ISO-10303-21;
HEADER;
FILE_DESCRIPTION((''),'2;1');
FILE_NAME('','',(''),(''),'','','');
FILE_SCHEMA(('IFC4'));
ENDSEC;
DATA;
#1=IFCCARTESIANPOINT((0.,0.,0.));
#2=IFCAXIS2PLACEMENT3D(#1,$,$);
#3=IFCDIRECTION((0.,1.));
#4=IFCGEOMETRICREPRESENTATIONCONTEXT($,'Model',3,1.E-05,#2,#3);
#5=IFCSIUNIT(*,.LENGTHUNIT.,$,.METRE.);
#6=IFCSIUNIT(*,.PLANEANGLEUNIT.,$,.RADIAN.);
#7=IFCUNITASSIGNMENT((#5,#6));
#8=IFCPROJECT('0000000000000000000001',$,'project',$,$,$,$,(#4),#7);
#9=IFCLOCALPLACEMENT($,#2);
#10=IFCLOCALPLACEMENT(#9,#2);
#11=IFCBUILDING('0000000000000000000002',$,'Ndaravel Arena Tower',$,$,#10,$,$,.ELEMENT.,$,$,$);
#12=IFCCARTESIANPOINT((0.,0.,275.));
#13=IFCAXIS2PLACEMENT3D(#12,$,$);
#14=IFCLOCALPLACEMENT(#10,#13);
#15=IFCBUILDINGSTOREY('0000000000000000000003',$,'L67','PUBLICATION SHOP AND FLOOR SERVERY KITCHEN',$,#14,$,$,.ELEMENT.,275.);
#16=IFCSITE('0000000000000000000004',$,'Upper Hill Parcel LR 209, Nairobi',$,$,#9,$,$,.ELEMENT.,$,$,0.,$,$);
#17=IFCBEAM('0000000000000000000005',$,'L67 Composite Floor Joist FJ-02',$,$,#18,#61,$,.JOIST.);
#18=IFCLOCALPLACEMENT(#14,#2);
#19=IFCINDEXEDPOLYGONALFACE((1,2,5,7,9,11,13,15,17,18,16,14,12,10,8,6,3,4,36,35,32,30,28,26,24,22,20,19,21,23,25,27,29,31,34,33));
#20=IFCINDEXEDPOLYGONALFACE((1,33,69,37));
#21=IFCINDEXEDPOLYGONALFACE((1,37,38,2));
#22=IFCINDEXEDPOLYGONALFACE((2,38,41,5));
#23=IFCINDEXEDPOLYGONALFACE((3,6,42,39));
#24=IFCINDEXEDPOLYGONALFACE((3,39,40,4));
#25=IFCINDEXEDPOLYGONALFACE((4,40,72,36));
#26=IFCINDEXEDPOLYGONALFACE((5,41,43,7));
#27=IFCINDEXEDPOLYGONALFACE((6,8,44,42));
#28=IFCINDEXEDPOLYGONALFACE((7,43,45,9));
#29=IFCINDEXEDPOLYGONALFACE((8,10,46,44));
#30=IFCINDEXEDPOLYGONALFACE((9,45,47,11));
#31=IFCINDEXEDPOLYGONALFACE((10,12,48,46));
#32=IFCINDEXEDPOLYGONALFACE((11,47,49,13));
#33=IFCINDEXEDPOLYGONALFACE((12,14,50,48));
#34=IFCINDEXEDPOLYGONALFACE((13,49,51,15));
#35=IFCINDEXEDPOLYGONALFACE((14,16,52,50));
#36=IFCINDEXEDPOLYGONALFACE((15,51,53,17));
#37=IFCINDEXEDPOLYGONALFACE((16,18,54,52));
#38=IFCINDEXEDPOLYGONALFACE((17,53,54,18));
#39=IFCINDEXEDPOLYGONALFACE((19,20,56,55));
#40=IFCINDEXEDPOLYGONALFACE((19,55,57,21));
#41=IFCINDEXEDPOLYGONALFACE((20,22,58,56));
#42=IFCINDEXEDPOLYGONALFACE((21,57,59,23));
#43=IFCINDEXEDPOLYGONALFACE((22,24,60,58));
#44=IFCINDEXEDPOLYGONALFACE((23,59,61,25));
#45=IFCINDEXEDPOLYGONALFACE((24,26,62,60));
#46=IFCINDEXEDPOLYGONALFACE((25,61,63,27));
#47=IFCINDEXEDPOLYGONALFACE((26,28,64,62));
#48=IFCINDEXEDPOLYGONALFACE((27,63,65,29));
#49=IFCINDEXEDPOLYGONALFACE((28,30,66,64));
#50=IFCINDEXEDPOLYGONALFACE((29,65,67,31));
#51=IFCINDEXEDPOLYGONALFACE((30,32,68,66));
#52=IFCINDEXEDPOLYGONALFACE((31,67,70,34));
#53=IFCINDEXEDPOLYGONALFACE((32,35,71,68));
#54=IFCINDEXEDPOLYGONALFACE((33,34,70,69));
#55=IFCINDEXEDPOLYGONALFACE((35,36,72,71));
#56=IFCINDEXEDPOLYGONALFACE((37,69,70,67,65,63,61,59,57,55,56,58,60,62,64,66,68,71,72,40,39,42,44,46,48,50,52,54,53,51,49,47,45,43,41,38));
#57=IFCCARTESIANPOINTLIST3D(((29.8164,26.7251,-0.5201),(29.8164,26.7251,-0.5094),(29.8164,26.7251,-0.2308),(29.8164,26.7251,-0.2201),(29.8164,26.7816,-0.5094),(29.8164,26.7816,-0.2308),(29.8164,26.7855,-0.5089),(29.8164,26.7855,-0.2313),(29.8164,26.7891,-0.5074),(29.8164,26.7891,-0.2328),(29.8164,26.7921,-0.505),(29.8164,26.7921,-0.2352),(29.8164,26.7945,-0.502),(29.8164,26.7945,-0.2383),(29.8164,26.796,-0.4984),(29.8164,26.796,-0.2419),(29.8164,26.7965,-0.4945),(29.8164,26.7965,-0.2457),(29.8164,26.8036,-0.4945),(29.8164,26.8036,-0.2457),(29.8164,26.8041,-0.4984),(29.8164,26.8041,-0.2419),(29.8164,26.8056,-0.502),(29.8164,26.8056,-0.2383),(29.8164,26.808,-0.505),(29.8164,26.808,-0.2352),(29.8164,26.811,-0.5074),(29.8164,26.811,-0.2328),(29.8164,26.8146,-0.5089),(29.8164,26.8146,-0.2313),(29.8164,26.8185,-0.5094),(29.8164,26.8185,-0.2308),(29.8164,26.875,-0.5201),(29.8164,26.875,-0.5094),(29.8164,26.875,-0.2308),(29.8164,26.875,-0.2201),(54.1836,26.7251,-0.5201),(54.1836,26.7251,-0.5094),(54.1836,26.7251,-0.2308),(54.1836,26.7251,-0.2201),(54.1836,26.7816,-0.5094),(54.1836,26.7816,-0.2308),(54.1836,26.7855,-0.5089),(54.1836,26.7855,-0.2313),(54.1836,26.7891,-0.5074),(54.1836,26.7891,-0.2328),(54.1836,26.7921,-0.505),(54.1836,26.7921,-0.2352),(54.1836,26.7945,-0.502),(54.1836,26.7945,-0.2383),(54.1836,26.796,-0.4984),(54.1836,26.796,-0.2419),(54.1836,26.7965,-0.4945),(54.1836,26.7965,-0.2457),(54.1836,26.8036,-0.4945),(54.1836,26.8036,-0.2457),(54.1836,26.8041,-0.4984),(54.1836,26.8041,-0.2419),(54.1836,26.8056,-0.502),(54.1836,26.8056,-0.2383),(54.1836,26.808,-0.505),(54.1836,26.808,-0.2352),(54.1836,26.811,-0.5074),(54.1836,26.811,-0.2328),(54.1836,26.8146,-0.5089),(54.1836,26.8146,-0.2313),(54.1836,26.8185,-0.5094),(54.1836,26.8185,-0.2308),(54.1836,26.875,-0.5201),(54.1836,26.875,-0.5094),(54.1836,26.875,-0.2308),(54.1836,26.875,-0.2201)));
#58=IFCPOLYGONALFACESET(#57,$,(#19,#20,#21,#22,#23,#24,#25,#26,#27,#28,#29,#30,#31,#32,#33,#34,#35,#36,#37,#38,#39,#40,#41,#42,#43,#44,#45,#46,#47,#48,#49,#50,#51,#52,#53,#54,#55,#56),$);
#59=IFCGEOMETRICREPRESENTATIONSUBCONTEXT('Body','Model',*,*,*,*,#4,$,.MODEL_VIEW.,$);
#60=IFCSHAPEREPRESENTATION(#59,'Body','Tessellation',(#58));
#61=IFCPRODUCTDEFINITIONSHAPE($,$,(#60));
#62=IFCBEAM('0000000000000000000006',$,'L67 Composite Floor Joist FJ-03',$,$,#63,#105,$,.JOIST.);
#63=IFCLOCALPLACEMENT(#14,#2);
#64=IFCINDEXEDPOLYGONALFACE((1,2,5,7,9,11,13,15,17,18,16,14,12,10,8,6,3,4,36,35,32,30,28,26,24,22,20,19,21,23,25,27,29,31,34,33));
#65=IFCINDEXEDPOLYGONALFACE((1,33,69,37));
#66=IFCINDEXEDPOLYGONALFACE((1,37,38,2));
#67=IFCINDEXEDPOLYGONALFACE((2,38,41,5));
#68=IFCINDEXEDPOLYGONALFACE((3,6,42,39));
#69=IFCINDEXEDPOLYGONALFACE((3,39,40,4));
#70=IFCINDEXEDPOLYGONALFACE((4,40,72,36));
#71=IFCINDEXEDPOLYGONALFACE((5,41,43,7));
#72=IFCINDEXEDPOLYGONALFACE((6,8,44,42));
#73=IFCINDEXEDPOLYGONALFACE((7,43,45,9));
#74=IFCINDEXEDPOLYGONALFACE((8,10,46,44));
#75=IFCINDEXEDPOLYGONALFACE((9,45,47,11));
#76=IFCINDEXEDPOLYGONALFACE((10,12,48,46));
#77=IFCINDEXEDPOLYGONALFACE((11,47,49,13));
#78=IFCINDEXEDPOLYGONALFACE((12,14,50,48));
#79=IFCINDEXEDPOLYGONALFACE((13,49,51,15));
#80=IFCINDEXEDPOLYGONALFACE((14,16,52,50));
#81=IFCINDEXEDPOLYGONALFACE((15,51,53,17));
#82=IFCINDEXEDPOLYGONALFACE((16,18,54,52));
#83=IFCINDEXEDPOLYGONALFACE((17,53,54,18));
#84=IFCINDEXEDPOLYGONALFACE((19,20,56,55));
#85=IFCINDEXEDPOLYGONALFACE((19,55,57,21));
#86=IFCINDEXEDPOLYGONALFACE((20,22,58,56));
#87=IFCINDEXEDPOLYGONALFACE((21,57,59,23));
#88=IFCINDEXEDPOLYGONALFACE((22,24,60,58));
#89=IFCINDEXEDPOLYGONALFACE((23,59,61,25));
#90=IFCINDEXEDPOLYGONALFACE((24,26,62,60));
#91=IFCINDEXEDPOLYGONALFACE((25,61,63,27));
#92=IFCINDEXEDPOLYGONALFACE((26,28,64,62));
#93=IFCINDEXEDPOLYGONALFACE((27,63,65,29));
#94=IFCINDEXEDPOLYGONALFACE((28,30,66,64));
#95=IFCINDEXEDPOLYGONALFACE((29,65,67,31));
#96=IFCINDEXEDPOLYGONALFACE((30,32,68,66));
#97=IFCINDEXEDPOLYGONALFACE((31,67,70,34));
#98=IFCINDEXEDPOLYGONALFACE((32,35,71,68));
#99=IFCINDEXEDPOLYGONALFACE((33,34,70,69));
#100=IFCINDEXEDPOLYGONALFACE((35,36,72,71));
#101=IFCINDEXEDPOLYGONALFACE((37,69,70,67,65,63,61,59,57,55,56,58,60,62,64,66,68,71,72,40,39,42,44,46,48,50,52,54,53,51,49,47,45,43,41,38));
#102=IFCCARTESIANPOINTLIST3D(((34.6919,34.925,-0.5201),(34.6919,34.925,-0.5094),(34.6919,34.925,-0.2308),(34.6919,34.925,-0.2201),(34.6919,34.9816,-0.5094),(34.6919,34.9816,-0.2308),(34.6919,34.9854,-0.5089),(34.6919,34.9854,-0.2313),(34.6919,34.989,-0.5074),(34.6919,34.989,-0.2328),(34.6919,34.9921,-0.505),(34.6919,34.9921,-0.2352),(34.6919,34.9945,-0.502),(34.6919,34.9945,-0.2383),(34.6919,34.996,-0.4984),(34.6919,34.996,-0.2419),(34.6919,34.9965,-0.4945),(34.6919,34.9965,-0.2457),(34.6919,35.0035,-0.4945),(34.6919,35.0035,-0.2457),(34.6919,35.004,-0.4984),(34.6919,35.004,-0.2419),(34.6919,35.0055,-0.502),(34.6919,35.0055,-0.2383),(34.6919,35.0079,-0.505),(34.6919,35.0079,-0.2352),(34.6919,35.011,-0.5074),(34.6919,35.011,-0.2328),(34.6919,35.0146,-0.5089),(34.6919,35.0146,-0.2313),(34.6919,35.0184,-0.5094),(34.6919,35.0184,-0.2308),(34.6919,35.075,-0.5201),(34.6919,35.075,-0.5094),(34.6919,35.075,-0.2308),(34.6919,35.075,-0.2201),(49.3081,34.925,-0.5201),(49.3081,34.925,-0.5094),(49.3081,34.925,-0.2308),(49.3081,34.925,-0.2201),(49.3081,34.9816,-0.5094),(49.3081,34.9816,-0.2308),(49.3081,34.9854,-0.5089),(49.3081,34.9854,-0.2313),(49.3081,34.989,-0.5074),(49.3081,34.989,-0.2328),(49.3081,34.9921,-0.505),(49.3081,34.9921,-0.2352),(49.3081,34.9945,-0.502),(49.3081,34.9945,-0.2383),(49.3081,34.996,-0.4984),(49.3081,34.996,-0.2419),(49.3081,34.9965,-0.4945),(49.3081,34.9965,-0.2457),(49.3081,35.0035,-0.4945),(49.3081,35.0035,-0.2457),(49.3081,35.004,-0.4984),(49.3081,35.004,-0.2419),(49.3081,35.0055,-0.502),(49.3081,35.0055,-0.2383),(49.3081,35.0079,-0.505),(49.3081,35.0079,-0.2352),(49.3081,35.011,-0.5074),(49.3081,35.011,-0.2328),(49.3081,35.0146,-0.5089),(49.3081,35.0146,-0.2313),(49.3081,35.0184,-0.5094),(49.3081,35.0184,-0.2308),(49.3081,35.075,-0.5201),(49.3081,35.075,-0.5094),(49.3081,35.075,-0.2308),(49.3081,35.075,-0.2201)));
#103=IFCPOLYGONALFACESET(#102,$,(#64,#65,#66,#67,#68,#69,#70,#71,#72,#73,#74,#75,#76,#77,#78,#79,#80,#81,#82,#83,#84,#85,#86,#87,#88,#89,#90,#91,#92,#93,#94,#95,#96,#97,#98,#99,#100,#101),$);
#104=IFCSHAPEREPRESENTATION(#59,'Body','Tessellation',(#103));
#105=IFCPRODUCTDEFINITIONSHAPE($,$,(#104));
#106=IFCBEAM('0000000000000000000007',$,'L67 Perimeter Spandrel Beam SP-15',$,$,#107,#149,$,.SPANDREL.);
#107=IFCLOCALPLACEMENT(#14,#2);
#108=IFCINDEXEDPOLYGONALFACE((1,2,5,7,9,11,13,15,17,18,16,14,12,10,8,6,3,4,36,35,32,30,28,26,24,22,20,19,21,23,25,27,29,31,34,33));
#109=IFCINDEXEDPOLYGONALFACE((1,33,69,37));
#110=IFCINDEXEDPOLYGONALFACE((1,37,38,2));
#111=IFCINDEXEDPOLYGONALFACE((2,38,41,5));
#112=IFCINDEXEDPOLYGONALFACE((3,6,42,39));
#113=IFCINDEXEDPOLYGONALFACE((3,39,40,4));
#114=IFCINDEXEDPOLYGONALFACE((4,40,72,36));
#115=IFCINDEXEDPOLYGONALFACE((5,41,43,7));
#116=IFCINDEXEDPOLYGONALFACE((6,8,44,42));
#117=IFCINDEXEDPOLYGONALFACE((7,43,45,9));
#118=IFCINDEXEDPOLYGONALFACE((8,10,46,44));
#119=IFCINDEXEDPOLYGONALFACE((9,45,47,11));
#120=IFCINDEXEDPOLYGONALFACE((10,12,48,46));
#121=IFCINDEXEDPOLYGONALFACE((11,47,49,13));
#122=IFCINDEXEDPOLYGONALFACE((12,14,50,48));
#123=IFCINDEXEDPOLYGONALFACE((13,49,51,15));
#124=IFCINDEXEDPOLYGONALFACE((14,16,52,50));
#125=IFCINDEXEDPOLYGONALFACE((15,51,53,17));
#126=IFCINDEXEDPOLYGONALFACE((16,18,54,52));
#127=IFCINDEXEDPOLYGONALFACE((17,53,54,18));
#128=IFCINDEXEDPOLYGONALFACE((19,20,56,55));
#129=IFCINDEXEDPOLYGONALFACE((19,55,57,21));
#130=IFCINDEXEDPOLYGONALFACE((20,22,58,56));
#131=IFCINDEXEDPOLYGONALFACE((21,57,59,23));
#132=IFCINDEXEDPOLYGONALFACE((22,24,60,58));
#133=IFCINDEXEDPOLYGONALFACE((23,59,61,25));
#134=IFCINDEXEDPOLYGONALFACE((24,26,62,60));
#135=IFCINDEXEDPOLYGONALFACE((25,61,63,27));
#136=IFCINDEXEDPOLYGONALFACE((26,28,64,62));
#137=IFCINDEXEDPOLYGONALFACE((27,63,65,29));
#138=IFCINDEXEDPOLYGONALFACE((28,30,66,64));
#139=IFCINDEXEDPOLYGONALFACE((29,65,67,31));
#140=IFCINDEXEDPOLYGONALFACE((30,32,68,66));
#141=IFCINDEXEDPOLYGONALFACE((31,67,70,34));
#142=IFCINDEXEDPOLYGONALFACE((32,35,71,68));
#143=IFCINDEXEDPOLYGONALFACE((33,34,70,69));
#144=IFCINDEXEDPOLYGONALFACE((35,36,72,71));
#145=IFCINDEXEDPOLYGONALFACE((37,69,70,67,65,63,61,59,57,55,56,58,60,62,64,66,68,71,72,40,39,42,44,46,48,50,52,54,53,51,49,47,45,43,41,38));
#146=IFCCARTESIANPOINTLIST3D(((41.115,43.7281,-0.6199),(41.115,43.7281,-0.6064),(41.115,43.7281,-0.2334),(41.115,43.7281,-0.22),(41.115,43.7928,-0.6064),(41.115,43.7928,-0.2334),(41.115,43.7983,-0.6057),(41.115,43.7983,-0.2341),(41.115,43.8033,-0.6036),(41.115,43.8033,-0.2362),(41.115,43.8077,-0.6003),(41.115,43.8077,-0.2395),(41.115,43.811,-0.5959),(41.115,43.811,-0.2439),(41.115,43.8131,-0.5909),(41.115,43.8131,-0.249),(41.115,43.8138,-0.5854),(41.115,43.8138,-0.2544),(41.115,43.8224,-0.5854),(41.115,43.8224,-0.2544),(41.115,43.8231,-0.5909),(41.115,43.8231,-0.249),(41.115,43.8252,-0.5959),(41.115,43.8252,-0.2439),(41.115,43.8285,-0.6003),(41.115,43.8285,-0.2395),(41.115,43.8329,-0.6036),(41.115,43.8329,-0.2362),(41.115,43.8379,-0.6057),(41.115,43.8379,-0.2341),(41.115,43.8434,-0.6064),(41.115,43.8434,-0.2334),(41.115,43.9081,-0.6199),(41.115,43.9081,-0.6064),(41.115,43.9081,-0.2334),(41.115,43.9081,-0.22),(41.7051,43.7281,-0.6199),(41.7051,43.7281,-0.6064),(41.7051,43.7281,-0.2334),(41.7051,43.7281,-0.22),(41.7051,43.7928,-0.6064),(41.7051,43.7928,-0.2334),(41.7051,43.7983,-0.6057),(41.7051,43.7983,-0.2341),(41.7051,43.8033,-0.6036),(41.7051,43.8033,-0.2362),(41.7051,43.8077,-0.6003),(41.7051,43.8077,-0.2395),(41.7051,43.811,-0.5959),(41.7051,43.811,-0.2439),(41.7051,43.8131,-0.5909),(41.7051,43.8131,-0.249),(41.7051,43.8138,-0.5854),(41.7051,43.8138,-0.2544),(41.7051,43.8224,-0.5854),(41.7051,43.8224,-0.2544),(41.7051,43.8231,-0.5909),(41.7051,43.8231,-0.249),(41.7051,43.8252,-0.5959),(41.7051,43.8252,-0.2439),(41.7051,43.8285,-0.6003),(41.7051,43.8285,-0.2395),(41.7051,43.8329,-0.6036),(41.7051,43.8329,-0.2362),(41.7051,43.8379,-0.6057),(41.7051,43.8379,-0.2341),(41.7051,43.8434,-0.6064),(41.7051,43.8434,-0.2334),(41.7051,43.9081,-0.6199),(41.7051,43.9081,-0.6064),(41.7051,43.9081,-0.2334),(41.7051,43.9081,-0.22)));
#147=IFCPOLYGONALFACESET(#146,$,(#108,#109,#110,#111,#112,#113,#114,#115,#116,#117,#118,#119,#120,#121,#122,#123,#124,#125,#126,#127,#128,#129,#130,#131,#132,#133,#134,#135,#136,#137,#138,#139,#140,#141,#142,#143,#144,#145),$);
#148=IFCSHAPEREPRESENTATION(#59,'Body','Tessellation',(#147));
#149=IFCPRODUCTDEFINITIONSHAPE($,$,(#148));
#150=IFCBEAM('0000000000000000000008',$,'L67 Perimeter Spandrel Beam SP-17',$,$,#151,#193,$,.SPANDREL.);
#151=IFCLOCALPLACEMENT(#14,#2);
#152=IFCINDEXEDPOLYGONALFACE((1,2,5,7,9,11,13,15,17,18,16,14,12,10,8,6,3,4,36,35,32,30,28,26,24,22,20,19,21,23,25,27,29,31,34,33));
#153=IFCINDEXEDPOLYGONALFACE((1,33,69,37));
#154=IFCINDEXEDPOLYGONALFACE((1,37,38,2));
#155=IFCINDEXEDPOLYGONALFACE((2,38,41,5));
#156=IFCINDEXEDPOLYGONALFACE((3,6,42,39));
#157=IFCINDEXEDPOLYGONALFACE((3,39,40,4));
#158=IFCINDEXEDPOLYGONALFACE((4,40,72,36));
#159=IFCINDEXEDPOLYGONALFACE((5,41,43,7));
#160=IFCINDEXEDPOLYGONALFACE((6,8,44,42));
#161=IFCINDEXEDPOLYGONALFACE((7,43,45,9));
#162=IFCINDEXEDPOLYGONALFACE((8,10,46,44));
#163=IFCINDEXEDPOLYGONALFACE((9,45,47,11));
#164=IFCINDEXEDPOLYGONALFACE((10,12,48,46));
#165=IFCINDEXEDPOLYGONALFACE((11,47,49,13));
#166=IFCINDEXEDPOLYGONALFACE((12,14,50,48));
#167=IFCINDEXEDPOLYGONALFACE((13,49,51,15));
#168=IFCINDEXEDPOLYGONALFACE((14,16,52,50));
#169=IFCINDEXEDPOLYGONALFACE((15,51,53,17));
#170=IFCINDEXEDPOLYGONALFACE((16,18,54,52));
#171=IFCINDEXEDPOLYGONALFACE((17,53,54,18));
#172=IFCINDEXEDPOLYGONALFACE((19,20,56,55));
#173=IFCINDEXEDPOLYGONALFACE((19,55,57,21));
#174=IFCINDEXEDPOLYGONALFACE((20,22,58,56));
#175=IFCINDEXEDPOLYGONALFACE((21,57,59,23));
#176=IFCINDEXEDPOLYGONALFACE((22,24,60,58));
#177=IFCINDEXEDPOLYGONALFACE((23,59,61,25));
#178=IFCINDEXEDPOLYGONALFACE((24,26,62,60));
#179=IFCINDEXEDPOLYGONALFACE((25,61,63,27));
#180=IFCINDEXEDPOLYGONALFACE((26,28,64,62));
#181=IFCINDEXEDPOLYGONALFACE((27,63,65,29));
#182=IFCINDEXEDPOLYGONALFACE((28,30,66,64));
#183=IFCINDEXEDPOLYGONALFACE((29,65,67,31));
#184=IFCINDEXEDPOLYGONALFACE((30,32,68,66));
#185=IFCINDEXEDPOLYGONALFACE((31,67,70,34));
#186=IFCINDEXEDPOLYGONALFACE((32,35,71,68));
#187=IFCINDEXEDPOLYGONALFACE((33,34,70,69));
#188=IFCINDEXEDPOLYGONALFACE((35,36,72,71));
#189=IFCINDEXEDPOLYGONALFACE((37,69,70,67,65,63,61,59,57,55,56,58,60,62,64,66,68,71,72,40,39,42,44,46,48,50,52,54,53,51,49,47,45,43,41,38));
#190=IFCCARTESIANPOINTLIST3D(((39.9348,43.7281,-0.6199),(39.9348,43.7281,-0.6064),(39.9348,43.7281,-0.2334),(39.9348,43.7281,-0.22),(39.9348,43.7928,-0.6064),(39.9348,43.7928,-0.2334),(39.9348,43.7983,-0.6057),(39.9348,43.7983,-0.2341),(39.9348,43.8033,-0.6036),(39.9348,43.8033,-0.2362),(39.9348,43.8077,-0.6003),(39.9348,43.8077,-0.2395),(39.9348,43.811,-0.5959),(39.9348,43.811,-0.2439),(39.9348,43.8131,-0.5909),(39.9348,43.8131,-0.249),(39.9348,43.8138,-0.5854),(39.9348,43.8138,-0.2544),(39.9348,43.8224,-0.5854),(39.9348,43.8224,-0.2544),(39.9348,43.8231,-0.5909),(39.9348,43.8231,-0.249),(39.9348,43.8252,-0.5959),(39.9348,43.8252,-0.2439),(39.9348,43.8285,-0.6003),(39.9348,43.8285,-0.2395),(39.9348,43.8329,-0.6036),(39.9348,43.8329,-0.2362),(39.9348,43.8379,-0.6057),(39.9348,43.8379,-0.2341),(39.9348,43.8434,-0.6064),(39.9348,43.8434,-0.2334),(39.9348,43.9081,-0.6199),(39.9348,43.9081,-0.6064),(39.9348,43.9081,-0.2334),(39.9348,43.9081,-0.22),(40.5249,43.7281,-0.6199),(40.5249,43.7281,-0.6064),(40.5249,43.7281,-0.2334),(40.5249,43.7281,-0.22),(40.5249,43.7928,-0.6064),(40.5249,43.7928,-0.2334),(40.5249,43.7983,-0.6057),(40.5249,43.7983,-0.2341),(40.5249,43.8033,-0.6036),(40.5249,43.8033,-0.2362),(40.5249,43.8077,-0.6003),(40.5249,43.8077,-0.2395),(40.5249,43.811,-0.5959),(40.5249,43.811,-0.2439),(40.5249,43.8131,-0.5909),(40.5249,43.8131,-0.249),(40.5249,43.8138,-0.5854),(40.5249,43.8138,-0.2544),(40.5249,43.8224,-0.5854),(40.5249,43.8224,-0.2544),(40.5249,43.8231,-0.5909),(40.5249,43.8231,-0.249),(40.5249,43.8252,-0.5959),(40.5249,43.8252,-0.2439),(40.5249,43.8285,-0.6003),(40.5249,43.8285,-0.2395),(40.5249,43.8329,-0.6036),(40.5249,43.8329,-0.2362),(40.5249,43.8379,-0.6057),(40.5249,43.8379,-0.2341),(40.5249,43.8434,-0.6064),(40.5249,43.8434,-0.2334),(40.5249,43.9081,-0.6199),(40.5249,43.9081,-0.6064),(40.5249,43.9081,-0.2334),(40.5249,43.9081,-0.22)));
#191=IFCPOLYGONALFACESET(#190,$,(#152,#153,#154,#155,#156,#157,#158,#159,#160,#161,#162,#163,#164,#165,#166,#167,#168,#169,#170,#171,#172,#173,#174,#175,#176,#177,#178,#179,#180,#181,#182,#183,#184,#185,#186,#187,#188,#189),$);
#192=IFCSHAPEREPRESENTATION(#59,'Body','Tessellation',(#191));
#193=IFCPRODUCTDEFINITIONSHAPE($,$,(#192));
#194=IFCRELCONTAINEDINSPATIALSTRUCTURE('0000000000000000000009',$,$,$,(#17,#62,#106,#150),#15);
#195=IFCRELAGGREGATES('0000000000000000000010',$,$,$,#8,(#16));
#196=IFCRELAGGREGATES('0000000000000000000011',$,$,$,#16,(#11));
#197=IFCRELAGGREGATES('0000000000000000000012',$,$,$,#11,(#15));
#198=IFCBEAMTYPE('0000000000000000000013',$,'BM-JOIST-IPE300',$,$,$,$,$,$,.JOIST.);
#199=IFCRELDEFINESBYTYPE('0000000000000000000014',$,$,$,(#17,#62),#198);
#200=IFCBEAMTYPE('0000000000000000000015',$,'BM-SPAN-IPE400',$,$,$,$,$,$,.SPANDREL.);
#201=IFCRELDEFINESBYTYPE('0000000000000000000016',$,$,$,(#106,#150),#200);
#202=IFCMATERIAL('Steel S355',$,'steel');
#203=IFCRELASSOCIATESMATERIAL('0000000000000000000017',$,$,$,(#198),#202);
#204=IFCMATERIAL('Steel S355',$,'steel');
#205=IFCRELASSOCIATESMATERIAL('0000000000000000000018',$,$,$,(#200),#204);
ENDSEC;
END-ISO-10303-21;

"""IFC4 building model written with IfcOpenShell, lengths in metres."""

from ifc_helpers import new_model, si_unit, direction, frame, origin, origin_2d, place, context, subcontext, project, spatial, i_section, extrude, material, material_profile, profile_set, type_object, element, save


model = new_model("IFC4")

# Units and contexts
model_context = context("Model", 3, precision=1e-05, world=origin(), true_north=direction((0.0, 1.0)))
body_context = subcontext(model_context, "Body", "Model", "MODEL_VIEW")
ifc_project = project(units=[si_unit("LENGTHUNIT", "METRE"), si_unit("PLANEANGLEUNIT", "RADIAN")], contexts=[model_context])

# Site, building, storey
site_placement = place(None, origin())
site = spatial("IfcSite", under=ifc_project, at=site_placement, Name="Upper Hill Parcel LR 209, Nairobi", CompositionType="ELEMENT", RefElevation=0.0)
building_placement = place(site_placement, origin())
building = spatial("IfcBuilding", under=site, at=building_placement, Name="Ndaravel Arena Tower", CompositionType="ELEMENT")
storey_placement = place(building_placement, frame((0.0, 0.0, 275.0)))
storey = spatial("IfcBuildingStorey", under=building, at=storey_placement, Name="L67", Description="PUBLICATION SHOP AND FLOOR SERVERY KITCHEN", CompositionType="ELEMENT", Elevation=275.0)

# Beams
ifc_material_1 = material(Name="Steel S355", Category="steel")
ifc_material_profile_1 = material_profile(ifc_material_1, i_section(OverallWidth=0.1499, OverallDepth=0.3, WebThickness=0.0071, FlangeThickness=0.0107, FilletRadius=0.0149, at=origin_2d()), Name="IPE 300")
ifc_profile_set_1 = profile_set([ifc_material_profile_1], Name="Steel S355")
beam_type_1 = type_object("IfcBeamType", Name="BM-JOIST-IPE300", PredefinedType="JOIST", material=ifc_profile_set_1)
beam_1_placement = place(storey_placement, frame((29.8164, 26.8, -0.3701), z_axis=(1.0, 0.0, 0.0), x_axis=(0.0, 1.0, 0.0)))
element("IfcBeam", 1, at=beam_1_placement, inside=storey, type_object=beam_type_1, Name="L67 Composite Floor Joist FJ-02", PredefinedType="JOIST", context=body_context, shape_type="SweptSolid", body=[
    extrude(i_section(OverallWidth=0.1499, OverallDepth=0.3, WebThickness=0.0071, FlangeThickness=0.0107, FilletRadius=0.0149, at=origin_2d()), origin(), (0.0, 0.0, 1.0), 24.3672),
])
beam_2_placement = place(storey_placement, frame((34.6919, 35.0, -0.3701), z_axis=(1.0, 0.0, 0.0), x_axis=(0.0, 1.0, 0.0)))
element("IfcBeam", 2, at=beam_2_placement, inside=storey, type_object=beam_type_1, Name="L67 Composite Floor Joist FJ-03", PredefinedType="JOIST", context=body_context, shape_type="SweptSolid", body=[
    extrude(i_section(OverallWidth=0.1499, OverallDepth=0.3, WebThickness=0.0071, FlangeThickness=0.0107, FilletRadius=0.0149, at=origin_2d()), origin(), (0.0, 0.0, 1.0), 14.6162),
])
ifc_material_2 = material(Name="Steel S355", Category="steel")
ifc_material_profile_2 = material_profile(ifc_material_2, i_section(OverallWidth=0.1799, OverallDepth=0.3999, WebThickness=0.0085, FlangeThickness=0.0134, FilletRadius=0.021, at=origin_2d()), Name="IPE 400")
ifc_profile_set_2 = profile_set([ifc_material_profile_2], Name="Steel S355")
beam_type_2 = type_object("IfcBeamType", Name="BM-SPAN-IPE400", PredefinedType="SPANDREL", material=ifc_profile_set_2)
for number, where, z_axis, x_axis, name in (
    (3, (41.7051, 43.8181, -0.4199), (-1.0, 0.0, 0.0), (0.0, -1.0, 0.0), "L67 Perimeter Spandrel Beam SP-15"),
    (4, (40.5249, 43.8181, -0.4199), (-1.0, 0.0, 0.0), (0.0, -1.0, 0.0), "L67 Perimeter Spandrel Beam SP-17"),
):
    element("IfcBeam", number, at=place(storey_placement, frame(where, z_axis=z_axis, x_axis=x_axis)), inside=storey, type_object=beam_type_2, Name=name, PredefinedType="SPANDREL", context=body_context, shape_type="SweptSolid", body=[
        extrude(i_section(OverallWidth=0.1799, OverallDepth=0.3999, WebThickness=0.0085, FlangeThickness=0.0134, FilletRadius=0.021, at=origin_2d()), origin(), (0.0, 0.0, 1.0), 0.5901),
    ])

save(model, "model.ifc")
